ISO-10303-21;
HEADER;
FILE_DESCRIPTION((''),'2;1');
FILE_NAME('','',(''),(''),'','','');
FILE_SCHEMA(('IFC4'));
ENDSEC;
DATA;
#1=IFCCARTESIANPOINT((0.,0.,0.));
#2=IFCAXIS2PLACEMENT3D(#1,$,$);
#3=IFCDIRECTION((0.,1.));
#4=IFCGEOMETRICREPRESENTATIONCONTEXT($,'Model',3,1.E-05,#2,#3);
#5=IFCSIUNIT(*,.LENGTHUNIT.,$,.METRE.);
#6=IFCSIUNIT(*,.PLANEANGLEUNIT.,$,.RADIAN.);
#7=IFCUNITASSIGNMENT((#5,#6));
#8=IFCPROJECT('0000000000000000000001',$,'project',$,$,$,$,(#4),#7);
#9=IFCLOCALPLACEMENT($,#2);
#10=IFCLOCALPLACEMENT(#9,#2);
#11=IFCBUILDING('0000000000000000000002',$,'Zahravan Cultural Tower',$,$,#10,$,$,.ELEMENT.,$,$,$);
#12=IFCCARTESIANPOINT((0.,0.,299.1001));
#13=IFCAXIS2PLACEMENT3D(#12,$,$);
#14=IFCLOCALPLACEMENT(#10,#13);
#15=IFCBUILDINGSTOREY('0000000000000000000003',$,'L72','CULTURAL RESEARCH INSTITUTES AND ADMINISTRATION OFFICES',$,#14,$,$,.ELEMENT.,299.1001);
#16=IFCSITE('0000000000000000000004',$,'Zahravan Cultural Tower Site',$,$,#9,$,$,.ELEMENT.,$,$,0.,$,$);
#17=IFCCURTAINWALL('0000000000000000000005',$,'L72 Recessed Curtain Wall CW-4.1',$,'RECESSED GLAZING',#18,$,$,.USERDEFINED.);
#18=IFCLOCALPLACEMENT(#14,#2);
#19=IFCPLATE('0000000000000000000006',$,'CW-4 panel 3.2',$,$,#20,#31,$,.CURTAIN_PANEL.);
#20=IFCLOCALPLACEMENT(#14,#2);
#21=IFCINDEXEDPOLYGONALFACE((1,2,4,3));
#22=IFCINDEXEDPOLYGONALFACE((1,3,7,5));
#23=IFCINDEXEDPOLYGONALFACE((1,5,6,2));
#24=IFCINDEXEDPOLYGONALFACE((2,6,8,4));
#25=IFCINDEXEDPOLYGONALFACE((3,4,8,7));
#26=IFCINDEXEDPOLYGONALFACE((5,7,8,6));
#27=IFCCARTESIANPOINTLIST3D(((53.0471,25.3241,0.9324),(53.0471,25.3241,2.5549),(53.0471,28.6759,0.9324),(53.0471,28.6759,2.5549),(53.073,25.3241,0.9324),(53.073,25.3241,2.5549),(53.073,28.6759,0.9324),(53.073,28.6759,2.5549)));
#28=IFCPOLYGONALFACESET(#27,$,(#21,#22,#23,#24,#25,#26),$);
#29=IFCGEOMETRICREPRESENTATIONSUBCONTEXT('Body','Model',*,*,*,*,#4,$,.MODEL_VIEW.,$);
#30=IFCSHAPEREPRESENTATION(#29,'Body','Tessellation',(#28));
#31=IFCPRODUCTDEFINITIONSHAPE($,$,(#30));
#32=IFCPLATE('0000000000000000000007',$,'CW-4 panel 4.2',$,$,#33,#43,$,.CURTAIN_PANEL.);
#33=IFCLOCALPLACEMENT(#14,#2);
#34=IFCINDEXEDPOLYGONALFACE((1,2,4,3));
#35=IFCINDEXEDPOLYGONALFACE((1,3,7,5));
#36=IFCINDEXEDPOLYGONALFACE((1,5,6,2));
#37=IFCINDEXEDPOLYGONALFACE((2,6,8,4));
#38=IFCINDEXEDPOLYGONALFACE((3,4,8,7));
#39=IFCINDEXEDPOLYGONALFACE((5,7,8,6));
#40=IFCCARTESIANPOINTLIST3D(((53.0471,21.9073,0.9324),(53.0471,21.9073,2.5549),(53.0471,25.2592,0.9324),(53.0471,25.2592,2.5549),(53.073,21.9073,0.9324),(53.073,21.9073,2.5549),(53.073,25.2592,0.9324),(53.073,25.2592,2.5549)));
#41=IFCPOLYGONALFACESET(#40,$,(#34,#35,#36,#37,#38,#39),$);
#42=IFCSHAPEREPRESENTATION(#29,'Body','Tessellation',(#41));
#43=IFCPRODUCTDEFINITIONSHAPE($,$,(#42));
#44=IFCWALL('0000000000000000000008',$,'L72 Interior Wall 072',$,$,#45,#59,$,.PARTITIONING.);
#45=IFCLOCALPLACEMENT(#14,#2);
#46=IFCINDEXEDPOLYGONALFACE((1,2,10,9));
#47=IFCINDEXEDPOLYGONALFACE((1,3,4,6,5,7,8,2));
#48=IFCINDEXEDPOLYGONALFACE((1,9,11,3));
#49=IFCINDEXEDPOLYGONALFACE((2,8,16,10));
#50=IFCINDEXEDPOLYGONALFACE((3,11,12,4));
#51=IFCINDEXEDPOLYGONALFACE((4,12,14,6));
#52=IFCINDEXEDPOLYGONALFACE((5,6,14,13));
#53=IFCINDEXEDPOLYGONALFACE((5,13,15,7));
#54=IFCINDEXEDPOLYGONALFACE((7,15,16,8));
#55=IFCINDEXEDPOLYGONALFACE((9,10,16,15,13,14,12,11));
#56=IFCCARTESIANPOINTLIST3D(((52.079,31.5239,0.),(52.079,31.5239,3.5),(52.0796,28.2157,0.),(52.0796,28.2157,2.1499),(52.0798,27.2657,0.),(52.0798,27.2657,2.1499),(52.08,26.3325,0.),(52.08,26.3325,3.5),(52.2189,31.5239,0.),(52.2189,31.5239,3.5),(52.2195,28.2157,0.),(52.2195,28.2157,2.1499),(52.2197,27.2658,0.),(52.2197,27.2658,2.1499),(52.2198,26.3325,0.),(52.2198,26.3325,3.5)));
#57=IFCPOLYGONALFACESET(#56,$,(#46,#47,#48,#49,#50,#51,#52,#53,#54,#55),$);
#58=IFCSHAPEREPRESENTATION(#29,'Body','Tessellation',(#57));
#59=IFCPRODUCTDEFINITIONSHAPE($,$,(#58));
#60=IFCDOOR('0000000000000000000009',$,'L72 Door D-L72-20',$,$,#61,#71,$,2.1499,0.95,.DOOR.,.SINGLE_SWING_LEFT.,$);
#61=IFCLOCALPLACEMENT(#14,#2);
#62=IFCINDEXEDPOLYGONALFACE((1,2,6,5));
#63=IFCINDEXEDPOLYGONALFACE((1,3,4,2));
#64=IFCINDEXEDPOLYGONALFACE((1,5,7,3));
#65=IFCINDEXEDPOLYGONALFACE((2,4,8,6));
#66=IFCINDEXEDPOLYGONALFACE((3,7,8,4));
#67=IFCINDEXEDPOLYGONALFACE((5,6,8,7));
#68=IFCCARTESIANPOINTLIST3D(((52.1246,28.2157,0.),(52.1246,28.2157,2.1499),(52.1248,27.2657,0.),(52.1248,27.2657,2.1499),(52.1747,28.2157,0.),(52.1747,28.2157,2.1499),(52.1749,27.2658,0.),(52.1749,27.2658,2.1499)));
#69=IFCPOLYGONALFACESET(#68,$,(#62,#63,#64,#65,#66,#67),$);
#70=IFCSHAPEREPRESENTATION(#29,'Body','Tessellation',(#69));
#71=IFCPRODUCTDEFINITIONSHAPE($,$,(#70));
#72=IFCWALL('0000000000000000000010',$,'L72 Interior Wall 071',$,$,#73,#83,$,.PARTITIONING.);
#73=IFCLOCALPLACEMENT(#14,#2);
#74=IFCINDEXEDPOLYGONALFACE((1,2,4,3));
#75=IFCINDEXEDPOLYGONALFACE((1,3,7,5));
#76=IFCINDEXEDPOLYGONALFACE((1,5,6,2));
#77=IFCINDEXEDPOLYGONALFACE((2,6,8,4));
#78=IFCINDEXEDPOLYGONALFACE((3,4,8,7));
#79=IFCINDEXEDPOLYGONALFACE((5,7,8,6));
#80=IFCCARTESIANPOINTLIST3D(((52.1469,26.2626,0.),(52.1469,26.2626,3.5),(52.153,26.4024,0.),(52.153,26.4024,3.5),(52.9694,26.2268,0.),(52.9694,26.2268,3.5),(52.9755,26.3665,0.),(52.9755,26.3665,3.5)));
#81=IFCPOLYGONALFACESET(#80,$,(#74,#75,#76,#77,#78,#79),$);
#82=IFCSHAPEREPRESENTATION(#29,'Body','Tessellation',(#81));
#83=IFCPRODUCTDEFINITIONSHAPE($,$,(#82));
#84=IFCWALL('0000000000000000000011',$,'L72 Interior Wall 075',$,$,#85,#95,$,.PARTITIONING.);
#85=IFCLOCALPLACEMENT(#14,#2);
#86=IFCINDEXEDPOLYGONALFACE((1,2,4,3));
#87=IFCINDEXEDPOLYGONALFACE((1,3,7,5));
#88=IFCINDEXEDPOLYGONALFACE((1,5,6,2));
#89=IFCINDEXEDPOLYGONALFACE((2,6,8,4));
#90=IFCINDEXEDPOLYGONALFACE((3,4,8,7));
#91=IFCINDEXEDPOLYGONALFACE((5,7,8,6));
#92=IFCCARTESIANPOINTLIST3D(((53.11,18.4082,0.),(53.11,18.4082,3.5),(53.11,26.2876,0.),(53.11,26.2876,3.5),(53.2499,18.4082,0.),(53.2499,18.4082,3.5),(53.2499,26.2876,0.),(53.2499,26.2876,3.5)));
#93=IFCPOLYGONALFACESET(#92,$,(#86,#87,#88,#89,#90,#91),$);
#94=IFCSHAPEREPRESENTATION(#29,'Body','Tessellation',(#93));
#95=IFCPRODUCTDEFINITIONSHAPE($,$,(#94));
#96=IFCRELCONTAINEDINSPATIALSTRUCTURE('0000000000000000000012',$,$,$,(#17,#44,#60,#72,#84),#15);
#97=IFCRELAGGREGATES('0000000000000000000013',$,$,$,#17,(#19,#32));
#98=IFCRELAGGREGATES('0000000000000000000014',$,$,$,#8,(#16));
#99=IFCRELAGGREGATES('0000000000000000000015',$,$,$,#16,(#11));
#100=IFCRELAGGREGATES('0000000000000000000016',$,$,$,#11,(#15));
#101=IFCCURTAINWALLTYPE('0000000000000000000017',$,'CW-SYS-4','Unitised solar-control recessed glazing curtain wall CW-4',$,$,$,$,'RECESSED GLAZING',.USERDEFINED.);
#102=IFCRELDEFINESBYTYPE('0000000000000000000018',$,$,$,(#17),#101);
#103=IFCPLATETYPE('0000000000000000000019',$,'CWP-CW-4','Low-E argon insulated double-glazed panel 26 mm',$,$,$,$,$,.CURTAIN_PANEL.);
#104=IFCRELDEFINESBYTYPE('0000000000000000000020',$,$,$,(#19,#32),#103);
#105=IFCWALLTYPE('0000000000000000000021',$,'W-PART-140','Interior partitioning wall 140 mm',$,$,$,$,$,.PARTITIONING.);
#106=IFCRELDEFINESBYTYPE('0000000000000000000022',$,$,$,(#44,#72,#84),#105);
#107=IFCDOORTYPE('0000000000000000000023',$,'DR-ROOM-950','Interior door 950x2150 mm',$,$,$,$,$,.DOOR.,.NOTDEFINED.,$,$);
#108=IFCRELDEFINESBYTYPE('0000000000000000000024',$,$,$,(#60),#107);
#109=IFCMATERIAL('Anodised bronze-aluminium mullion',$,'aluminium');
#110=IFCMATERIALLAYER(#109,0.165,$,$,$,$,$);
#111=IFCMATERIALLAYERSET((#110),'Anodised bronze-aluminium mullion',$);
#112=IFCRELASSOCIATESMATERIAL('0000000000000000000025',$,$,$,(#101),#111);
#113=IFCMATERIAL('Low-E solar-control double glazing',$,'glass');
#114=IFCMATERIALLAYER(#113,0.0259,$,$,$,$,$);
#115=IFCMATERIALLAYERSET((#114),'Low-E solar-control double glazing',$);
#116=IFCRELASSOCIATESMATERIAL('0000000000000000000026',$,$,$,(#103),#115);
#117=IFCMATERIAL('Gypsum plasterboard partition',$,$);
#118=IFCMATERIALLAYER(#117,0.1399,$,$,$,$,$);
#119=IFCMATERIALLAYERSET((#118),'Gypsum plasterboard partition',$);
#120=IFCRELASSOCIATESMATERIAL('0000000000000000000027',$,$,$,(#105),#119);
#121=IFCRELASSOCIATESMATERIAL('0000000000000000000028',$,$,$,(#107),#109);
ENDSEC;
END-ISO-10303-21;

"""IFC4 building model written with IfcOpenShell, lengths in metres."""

from ifc_helpers import new_model, si_unit, direction, frame, frame_2d, origin, origin_2d, place, context, subcontext, project, spatial, rectangle, extrude, source, transform, mapped, material, layer, layer_set, type_object, element, fill, aggregate, save


model = new_model("IFC4")

# Units and contexts
model_context = context("Model", 3, precision=1e-05, world=origin(), true_north=direction((0.0, 1.0)))
body_context = subcontext(model_context, "Body", "Model", "MODEL_VIEW")
ifc_project = project(units=[si_unit("LENGTHUNIT", "METRE"), si_unit("PLANEANGLEUNIT", "RADIAN")], contexts=[model_context])

# Site, building, storey
site_placement = place(None, origin())
site = spatial("IfcSite", under=ifc_project, at=site_placement, Name="Zahravan Cultural Tower Site", CompositionType="ELEMENT", RefElevation=0.0)
building_placement = place(site_placement, origin())
building = spatial("IfcBuilding", under=site, at=building_placement, Name="Zahravan Cultural Tower", CompositionType="ELEMENT")
storey_placement = place(building_placement, frame((0.0, 0.0, 299.1001)))
storey = spatial("IfcBuildingStorey", under=building, at=storey_placement, Name="L72", Description="CULTURAL RESEARCH INSTITUTES AND ADMINISTRATION OFFICES", CompositionType="ELEMENT", Elevation=299.1001)

# Curtain wall, plates
ifc_material_1 = material(Name="Anodised bronze-aluminium mullion", Category="aluminium")
ifc_layer_1 = layer(ifc_material_1, 0.165)
ifc_layer_set_1 = layer_set([ifc_layer_1], Name="Anodised bronze-aluminium mullion")
curtain_wall_type = type_object("IfcCurtainWallType", Name="CW-SYS-4", Description="Unitised solar-control recessed glazing curtain wall CW-4", ElementType="RECESSED GLAZING", PredefinedType="USERDEFINED", material=ifc_layer_set_1)
curtain_wall_placement = place(storey_placement, origin())
curtain_wall = element("IfcCurtainWall", 1, at=curtain_wall_placement, inside=storey, type_object=curtain_wall_type, Name="L72 Recessed Curtain Wall CW-4.1", ObjectType="RECESSED GLAZING", PredefinedType="USERDEFINED")
ifc_material_2 = material(Name="Low-E solar-control double glazing", Category="glass")
ifc_layer_2 = layer(ifc_material_2, 0.0259)
ifc_layer_set_2 = layer_set([ifc_layer_2], Name="Low-E solar-control double glazing")
plate_type = type_object("IfcPlateType", Name="CWP-CW-4", Description="Low-E argon insulated double-glazed panel 26 mm", PredefinedType="CURTAIN_PANEL", material=ifc_layer_set_2)
shared_shape_1 = source(origin(), body_context, "Body", "SweptSolid", [
    extrude(rectangle(XDim=3.3518, YDim=0.0259, at=origin_2d()), origin(), (0.0, 0.0, 1.0), 1.6226),
])
plate_1_placement = place(storey_placement, frame((53.0601, 27.0, 0.9324), z_axis=(0.0, 0.0, 1.0), x_axis=(0.0, -1.0, 0.0)))
plate_1 = element("IfcPlate", 2, at=plate_1_placement, type_object=plate_type, Name="CW-4 panel 3.2", PredefinedType="CURTAIN_PANEL", context=body_context, shape_type="MappedRepresentation", body=[
    mapped(shared_shape_1, transform((0.0, 0.0, 0.0), x_axis=(1.0, 0.0, 0.0), y_axis=(0.0, 1.0, 0.0), z_axis=(0.0, 0.0, 1.0), scale=1.0)),
])
plate_2_placement = place(storey_placement, frame((53.0601, 23.5833, 0.9324), z_axis=(0.0, 0.0, 1.0), x_axis=(0.0, -1.0, 0.0)))
plate_2 = element("IfcPlate", 3, at=plate_2_placement, type_object=plate_type, Name="CW-4 panel 4.2", PredefinedType="CURTAIN_PANEL", context=body_context, shape_type="MappedRepresentation", body=[
    mapped(shared_shape_1, transform((0.0, 0.0, 0.0), x_axis=(1.0, 0.0, 0.0), y_axis=(0.0, 1.0, 0.0), z_axis=(0.0, 0.0, 1.0), scale=1.0)),
])
aggregate(curtain_wall, [plate_1, plate_2])

# Wall, opening, door
ifc_material_3 = material(Name="Gypsum plasterboard partition")
ifc_layer_3 = layer(ifc_material_3, 0.1399)
ifc_layer_set_3 = layer_set([ifc_layer_3], Name="Gypsum plasterboard partition")
wall_type = type_object("IfcWallType", Name="W-PART-140", Description="Interior partitioning wall 140 mm", PredefinedType="PARTITIONING", material=ifc_layer_set_3)
wall_1_placement = place(storey_placement, frame((52.1499, 26.3325, 0.0), z_axis=(0.0, 0.0, 1.0), x_axis=(-0.000188, 1.0, 0.0)))
wall_1 = element("IfcWall", 4, at=wall_1_placement, inside=storey, type_object=wall_type, Name="L72 Interior Wall 072", PredefinedType="PARTITIONING", context=body_context, shape_type="SweptSolid", body=[
    extrude(rectangle(XDim=5.1914, YDim=0.1399, at=frame_2d((2.5957, 0.0))), origin(), (0.0, 0.0, 1.0), 3.5),
])
opening_placement = place(wall_1_placement, frame((0.9331, 0.0, 0.0)))
opening = element("IfcOpeningElement", 5, at=opening_placement, cuts=wall_1, PredefinedType="OPENING", context=body_context, shape_type="SweptSolid", body=[
    extrude(rectangle(XDim=0.95, YDim=2.1499, at=frame_2d((0.4751, 1.075))), frame((0.0, 0.0798, 0.0), z_axis=(0.0, -1.0, 0.0), x_axis=(1.0, 0.0, 0.0)), (0.0, 0.0, 1.0), 0.1599),
])
door_type = type_object("IfcDoorType", Name="DR-ROOM-950", Description="Interior door 950x2150 mm", OperationType="NOTDEFINED", PredefinedType="DOOR", material=ifc_material_1)
shared_shape_2 = source(origin(), body_context, "Body", "SweptSolid", [
    extrude(rectangle(XDim=0.95, YDim=2.1499, at=frame_2d((0.4751, 1.075))), frame((0.0, 0.0249, 0.0), z_axis=(0.0, -1.0, 0.0), x_axis=(1.0, 0.0, 0.0)), (0.0, 0.0, 1.0), 0.05),
])
door_placement = place(opening_placement, origin())
door = element("IfcDoor", 6, at=door_placement, inside=storey, type_object=door_type, Name="L72 Door D-L72-20", OperationType="SINGLE_SWING_LEFT", OverallHeight=2.1499, OverallWidth=0.95, PredefinedType="DOOR", context=body_context, shape_type="MappedRepresentation", body=[
    mapped(shared_shape_2, transform((0.0, 0.0, 0.0), x_axis=(1.0, 0.0, 0.0), y_axis=(0.0, 1.0, 0.0), z_axis=(0.0, 0.0, 1.0), scale=1.0)),
])
fill(opening, door)

# Walls
shared_shape_3 = source(origin(), body_context, "Body", "SweptSolid", [
    extrude(rectangle(XDim=0.8232, YDim=0.1399, at=frame_2d((0.4116, 0.0))), origin(), (0.0, 0.0, 1.0), 3.5),
])
wall_2_placement = place(storey_placement, frame((52.9724, 26.2966, 0.0), z_axis=(0.0, 0.0, 1.0), x_axis=(-0.999049, 0.043592, 0.0)))
element("IfcWall", 7, at=wall_2_placement, inside=storey, type_object=wall_type, Name="L72 Interior Wall 071", PredefinedType="PARTITIONING", context=body_context, shape_type="MappedRepresentation", body=[
    mapped(shared_shape_3, transform((0.0, 0.0, 0.0), x_axis=(1.0, 0.0, 0.0), y_axis=(0.0, 1.0, 0.0), z_axis=(0.0, 0.0, 1.0), scale=1.0)),
])
shared_shape_4 = source(origin(), body_context, "Body", "SweptSolid", [
    extrude(rectangle(XDim=7.8794, YDim=0.1399, at=frame_2d((3.9397, 0.0))), origin(), (0.0, 0.0, 1.0), 3.5),
])
wall_3_placement = place(storey_placement, frame((53.1799, 26.2876, 0.0), z_axis=(0.0, 0.0, 1.0), x_axis=(0.0, -1.0, 0.0)))
element("IfcWall", 8, at=wall_3_placement, inside=storey, type_object=wall_type, Name="L72 Interior Wall 075", PredefinedType="PARTITIONING", context=body_context, shape_type="MappedRepresentation", body=[
    mapped(shared_shape_4, transform((0.0, 0.0, 0.0), x_axis=(1.0, 0.0, 0.0), y_axis=(0.0, 1.0, 0.0), z_axis=(0.0, 0.0, 1.0), scale=1.0)),
])

save(model, "model.ifc")
